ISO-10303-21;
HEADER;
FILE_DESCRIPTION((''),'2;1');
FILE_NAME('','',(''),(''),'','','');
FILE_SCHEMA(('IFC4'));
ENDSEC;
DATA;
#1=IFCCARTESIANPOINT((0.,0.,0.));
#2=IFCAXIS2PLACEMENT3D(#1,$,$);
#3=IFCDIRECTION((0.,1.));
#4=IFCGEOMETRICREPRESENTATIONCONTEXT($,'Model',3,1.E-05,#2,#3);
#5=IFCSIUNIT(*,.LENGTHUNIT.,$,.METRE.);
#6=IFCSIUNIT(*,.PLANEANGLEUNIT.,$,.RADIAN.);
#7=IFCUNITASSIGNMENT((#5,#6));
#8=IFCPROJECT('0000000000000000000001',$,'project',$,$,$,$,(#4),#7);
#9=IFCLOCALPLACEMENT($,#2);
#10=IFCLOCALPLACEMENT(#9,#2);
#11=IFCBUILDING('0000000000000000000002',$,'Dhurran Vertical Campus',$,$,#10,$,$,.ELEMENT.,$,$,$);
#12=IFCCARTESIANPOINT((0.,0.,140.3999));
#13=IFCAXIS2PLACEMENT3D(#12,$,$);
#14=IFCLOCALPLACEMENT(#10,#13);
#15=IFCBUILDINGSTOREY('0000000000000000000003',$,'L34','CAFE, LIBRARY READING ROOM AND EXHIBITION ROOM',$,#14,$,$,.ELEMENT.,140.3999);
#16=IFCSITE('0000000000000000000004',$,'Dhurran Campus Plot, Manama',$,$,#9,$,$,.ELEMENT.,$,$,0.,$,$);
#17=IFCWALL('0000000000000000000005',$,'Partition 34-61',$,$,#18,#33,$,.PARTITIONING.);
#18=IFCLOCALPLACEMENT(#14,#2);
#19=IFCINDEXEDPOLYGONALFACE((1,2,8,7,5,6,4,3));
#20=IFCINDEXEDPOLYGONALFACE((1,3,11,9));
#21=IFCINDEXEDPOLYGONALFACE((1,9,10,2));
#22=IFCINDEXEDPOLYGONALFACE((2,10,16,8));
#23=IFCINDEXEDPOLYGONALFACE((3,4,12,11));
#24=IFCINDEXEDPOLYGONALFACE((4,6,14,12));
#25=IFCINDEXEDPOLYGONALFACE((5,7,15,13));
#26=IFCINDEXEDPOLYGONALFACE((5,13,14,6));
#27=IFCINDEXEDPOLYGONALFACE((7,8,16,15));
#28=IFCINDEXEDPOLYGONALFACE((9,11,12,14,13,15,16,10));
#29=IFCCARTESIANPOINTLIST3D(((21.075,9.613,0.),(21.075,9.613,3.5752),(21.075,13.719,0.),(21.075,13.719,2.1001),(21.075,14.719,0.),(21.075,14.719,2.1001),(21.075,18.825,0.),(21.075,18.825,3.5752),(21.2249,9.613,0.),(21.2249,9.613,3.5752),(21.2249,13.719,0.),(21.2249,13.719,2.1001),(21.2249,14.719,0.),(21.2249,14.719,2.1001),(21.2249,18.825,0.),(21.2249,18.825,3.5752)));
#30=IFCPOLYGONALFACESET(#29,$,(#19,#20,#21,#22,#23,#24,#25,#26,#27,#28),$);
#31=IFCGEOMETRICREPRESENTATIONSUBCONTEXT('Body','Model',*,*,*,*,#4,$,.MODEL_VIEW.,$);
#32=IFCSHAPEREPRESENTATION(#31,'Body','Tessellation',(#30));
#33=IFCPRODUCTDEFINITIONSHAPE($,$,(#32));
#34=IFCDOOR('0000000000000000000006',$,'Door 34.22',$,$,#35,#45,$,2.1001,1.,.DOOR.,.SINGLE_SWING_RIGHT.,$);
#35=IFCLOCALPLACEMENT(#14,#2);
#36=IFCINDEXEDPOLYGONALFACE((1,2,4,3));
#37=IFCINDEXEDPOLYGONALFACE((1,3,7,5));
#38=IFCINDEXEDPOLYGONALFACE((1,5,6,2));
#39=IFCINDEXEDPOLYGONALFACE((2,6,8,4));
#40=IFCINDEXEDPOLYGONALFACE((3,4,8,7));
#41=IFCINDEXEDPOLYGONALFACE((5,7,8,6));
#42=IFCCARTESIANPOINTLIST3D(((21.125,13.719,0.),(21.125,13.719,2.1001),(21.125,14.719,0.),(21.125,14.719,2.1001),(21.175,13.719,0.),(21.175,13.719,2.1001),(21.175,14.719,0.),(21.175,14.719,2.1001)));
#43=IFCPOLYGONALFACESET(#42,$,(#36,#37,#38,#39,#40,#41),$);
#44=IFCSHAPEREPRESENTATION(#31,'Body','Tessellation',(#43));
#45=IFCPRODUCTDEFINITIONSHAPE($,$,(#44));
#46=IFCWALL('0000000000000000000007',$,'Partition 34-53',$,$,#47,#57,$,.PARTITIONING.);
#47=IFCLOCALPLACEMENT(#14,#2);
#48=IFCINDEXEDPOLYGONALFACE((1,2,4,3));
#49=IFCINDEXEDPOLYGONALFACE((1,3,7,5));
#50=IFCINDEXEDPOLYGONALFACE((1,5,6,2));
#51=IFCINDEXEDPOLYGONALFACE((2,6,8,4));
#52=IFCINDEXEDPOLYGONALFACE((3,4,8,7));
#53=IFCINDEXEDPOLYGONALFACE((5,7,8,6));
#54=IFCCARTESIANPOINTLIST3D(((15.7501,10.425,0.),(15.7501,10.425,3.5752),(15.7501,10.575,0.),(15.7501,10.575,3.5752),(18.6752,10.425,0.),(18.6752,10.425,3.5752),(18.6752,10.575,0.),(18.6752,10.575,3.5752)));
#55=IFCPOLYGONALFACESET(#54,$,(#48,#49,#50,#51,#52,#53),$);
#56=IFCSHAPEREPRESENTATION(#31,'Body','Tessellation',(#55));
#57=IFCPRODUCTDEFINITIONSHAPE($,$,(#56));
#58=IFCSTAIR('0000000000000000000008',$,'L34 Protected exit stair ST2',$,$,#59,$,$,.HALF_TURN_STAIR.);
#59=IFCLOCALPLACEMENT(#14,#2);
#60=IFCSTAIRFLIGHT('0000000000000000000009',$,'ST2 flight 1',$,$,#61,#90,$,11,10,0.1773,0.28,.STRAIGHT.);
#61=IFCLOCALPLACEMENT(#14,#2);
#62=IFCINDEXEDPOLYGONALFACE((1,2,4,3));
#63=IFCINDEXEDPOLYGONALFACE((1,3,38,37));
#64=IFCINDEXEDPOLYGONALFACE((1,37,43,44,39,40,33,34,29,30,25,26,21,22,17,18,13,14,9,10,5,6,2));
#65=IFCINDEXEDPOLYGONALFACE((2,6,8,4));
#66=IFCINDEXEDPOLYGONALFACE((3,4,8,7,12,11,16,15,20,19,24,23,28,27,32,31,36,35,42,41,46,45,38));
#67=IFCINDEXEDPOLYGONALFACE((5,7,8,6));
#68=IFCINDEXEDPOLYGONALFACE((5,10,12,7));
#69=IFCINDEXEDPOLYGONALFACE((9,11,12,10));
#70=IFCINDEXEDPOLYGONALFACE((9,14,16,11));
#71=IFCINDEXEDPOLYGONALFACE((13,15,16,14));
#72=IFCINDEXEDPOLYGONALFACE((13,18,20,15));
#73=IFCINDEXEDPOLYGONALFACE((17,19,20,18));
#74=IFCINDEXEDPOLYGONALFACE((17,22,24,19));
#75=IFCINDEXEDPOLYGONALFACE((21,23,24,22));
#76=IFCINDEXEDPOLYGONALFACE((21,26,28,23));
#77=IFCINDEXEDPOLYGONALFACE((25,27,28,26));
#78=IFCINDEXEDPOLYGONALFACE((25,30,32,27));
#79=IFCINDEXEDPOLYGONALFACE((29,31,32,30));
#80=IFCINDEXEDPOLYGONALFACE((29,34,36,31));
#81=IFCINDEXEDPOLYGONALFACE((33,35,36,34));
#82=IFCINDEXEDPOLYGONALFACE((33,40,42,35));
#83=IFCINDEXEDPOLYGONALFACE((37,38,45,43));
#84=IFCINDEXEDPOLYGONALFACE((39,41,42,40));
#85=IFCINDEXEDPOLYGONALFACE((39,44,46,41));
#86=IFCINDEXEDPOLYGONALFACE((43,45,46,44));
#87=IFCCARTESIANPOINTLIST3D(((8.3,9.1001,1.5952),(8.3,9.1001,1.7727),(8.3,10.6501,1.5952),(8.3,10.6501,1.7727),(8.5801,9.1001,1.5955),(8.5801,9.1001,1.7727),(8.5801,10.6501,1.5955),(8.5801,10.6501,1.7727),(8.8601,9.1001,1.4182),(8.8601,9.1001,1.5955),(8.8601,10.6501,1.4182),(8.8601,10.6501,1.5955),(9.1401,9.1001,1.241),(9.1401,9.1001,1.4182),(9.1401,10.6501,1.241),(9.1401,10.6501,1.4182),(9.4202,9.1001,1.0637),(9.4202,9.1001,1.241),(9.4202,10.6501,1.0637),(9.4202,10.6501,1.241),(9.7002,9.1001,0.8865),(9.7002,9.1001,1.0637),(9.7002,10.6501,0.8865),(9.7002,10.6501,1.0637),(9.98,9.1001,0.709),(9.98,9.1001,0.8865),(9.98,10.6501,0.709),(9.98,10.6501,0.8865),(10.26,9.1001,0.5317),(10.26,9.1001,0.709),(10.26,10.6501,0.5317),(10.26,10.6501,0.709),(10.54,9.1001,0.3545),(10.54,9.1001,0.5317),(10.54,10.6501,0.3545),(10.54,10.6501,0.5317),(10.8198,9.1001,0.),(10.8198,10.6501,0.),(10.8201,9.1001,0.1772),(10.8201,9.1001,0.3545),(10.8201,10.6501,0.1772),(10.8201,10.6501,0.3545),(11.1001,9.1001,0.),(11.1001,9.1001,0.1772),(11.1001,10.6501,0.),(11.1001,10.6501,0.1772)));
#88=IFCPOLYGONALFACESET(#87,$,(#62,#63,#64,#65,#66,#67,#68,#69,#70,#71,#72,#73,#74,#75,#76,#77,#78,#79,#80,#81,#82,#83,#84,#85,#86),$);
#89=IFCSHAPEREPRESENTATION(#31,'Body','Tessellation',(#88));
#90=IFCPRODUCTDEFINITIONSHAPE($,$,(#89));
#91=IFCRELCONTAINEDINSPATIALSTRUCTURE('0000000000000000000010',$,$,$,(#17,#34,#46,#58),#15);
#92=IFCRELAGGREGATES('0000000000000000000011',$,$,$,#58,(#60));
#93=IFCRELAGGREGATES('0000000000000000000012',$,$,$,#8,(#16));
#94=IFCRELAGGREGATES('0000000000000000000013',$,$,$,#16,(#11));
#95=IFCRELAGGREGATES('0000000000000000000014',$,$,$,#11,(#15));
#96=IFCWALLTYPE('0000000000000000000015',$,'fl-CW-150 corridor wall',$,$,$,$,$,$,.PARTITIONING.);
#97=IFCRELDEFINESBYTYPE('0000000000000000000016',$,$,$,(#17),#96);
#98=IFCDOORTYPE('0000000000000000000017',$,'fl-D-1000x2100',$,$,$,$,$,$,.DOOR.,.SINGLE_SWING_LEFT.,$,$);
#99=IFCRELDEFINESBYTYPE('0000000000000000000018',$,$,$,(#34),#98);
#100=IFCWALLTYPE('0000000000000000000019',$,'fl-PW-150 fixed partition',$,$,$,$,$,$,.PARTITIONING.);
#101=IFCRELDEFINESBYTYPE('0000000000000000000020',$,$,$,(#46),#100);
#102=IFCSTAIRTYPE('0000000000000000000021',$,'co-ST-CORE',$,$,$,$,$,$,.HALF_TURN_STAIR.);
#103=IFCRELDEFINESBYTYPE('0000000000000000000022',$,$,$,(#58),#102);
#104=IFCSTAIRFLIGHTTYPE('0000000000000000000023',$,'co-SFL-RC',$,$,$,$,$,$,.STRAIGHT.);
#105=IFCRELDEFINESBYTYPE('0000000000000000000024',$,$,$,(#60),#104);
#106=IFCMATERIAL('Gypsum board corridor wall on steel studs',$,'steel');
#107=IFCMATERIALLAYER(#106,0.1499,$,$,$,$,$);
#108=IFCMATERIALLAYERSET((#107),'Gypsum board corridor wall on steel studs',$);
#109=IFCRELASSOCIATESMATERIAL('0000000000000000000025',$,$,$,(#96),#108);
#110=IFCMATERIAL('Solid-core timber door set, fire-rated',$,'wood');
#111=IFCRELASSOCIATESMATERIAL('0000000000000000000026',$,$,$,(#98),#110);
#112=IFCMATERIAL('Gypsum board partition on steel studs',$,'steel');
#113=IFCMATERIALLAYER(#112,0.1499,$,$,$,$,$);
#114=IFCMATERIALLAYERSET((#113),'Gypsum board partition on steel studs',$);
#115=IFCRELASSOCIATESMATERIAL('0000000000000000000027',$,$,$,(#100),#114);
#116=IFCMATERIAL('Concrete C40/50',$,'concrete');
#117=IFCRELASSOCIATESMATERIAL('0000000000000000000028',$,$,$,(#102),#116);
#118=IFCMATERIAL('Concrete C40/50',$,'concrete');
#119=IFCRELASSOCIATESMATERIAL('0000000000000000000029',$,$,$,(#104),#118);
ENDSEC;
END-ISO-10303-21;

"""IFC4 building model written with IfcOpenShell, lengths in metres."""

from ifc_helpers import new_model, si_unit, direction, frame, frame_2d, origin, place, context, subcontext, project, spatial, polyline, rectangle, outline, extrude, material, layer, layer_set, type_object, element, fill, aggregate, save


model = new_model("IFC4")

# Units and contexts
model_context = context("Model", 3, precision=1e-05, world=origin(), true_north=direction((0.0, 1.0)))
body_context = subcontext(model_context, "Body", "Model", "MODEL_VIEW")
ifc_project = project(units=[si_unit("LENGTHUNIT", "METRE"), si_unit("PLANEANGLEUNIT", "RADIAN")], contexts=[model_context])

# Site, building, storey
site_placement = place(None, origin())
site = spatial("IfcSite", under=ifc_project, at=site_placement, Name="Dhurran Campus Plot, Manama", CompositionType="ELEMENT", RefElevation=0.0)
building_placement = place(site_placement, origin())
building = spatial("IfcBuilding", under=site, at=building_placement, Name="Dhurran Vertical Campus", CompositionType="ELEMENT")
storey_placement = place(building_placement, frame((0.0, 0.0, 140.3999)))
storey = spatial("IfcBuildingStorey", under=building, at=storey_placement, Name="L34", Description="CAFE, LIBRARY READING ROOM AND EXHIBITION ROOM", CompositionType="ELEMENT", Elevation=140.3999)

# Shared definitions
ifc_material_1 = material(Name="Gypsum board corridor wall on steel studs", Category="steel")
ifc_layer_1 = layer(ifc_material_1, 0.1499)
ifc_layer_set_1 = layer_set([ifc_layer_1], Name="Gypsum board corridor wall on steel studs")
wall_type_1 = type_object("IfcWallType", Name="fl-CW-150 corridor wall", PredefinedType="PARTITIONING", material=ifc_layer_set_1)

# Wall, opening, door
ifc_material_2 = material(Name="Solid-core timber door set, fire-rated", Category="wood")
door_type_1 = type_object("IfcDoorType", Name="fl-D-1000x2100", OperationType="SINGLE_SWING_LEFT", PredefinedType="DOOR", material=ifc_material_2)
wall_1_placement = place(storey_placement, frame((21.1499, 9.613, 0.0), z_axis=(0.0, 0.0, 1.0), x_axis=(0.0, 1.0, 0.0)))
wall_1 = element("IfcWall", 1, at=wall_1_placement, inside=storey, type_object=wall_type_1, Name="Partition 34-61", PredefinedType="PARTITIONING", context=body_context, shape_type="SweptSolid", body=[
    extrude(rectangle(XDim=9.2119, YDim=0.1499, at=frame_2d((4.606, 0.0))), origin(), (0.0, 0.0, 1.0), 3.5752),
])
opening_1_placement = place(wall_1_placement, frame((4.106, 0.0, 0.0)))
opening_1 = element("IfcOpeningElement", 2, at=opening_1_placement, cuts=wall_1, PredefinedType="OPENING", context=body_context, shape_type="SweptSolid", body=[
    extrude(rectangle(XDim=1.0, YDim=2.1001, at=frame_2d((0.5, 1.05))), frame((0.0, 0.085, 0.0), z_axis=(0.0, -1.0, 0.0), x_axis=(1.0, 0.0, 0.0)), (0.0, 0.0, 1.0), 0.1699),
])
door_1_placement = place(opening_1_placement, origin())
door_1 = element("IfcDoor", 3, at=door_1_placement, inside=storey, type_object=door_type_1, Name="Door 34.22", OperationType="SINGLE_SWING_RIGHT", OverallHeight=2.1001, OverallWidth=1.0, PredefinedType="DOOR", context=body_context, shape_type="SweptSolid", body=[
    extrude(rectangle(XDim=1.0, YDim=2.1001, at=frame_2d((0.5, 1.05))), frame((0.0, 0.0249, 0.0), z_axis=(0.0, -1.0, 0.0), x_axis=(1.0, 0.0, 0.0)), (0.0, 0.0, 1.0), 0.05),
])
fill(opening_1, door_1)

# Wall
ifc_material_3 = material(Name="Gypsum board partition on steel studs", Category="steel")
ifc_layer_2 = layer(ifc_material_3, 0.1499)
ifc_layer_set_2 = layer_set([ifc_layer_2], Name="Gypsum board partition on steel studs")
wall_type_2 = type_object("IfcWallType", Name="fl-PW-150 fixed partition", PredefinedType="PARTITIONING", material=ifc_layer_set_2)
wall_2_placement = place(storey_placement, frame((18.675, 10.5, 0.0), z_axis=(0.0, 0.0, 1.0), x_axis=(-1.0, 0.0, 0.0)))
element("IfcWall", 4, at=wall_2_placement, inside=storey, type_object=wall_type_2, Name="Partition 34-53", PredefinedType="PARTITIONING", context=body_context, shape_type="SweptSolid", body=[
    extrude(rectangle(XDim=2.925, YDim=0.1499, at=frame_2d((1.4624, 0.0))), origin(), (0.0, 0.0, 1.0), 3.5752),
])

# Stair, stair flight
ifc_material_4 = material(Name="Concrete C40/50", Category="concrete")
stair_type = type_object("IfcStairType", Name="co-ST-CORE", PredefinedType="HALF_TURN_STAIR", material=ifc_material_4)
stair_placement = place(storey_placement, origin())
stair = element("IfcStair", 5, at=stair_placement, inside=storey, type_object=stair_type, Name="L34 Protected exit stair ST2", PredefinedType="HALF_TURN_STAIR")
ifc_material_5 = material(Name="Concrete C40/50", Category="concrete")
stair_flight_type = type_object("IfcStairFlightType", Name="co-SFL-RC", PredefinedType="STRAIGHT", material=ifc_material_5)
stair_flight_placement = place(storey_placement, frame((11.1001, 9.875, 0.0), z_axis=(0.0, 0.0, 1.0), x_axis=(-1.0, 0.0, 0.0)))
stair_flight = element("IfcStairFlight", 6, at=stair_flight_placement, type_object=stair_flight_type, Name="ST2 flight 1", NumberOfRisers=11, NumberOfTreads=10, PredefinedType="STRAIGHT", RiserHeight=0.1773, TreadLength=0.28, context=body_context, shape_type="SweptSolid", body=[
    extrude(outline(polyline([(0.0, 0.0), (0.0, 0.1772), (0.28, 0.1772), (0.28, 0.3545), (0.5601, 0.3545), (0.5601, 0.5317), (0.8401, 0.5317), (0.8401, 0.709), (1.1201, 0.709), (1.1201, 0.8865), (1.3999, 0.8865), (1.3999, 1.0637), (1.6799, 1.0637), (1.6799, 1.241), (1.96, 1.241), (1.96, 1.4182), (2.24, 1.4182), (2.24, 1.5955), (2.52, 1.5955), (2.52, 1.7727), (2.8, 1.7727), (2.8, 1.95), (2.8, 1.5952), (0.2803, 0.0), (0.0, 0.0)])), frame((0.0, 0.7749, 0.0), z_axis=(0.0, -1.0, 0.0), x_axis=(1.0, 0.0, 0.0)), (0.0, 0.0, 1.0), 1.55),
])
aggregate(stair, [stair_flight])

save(model, "model.ifc")
